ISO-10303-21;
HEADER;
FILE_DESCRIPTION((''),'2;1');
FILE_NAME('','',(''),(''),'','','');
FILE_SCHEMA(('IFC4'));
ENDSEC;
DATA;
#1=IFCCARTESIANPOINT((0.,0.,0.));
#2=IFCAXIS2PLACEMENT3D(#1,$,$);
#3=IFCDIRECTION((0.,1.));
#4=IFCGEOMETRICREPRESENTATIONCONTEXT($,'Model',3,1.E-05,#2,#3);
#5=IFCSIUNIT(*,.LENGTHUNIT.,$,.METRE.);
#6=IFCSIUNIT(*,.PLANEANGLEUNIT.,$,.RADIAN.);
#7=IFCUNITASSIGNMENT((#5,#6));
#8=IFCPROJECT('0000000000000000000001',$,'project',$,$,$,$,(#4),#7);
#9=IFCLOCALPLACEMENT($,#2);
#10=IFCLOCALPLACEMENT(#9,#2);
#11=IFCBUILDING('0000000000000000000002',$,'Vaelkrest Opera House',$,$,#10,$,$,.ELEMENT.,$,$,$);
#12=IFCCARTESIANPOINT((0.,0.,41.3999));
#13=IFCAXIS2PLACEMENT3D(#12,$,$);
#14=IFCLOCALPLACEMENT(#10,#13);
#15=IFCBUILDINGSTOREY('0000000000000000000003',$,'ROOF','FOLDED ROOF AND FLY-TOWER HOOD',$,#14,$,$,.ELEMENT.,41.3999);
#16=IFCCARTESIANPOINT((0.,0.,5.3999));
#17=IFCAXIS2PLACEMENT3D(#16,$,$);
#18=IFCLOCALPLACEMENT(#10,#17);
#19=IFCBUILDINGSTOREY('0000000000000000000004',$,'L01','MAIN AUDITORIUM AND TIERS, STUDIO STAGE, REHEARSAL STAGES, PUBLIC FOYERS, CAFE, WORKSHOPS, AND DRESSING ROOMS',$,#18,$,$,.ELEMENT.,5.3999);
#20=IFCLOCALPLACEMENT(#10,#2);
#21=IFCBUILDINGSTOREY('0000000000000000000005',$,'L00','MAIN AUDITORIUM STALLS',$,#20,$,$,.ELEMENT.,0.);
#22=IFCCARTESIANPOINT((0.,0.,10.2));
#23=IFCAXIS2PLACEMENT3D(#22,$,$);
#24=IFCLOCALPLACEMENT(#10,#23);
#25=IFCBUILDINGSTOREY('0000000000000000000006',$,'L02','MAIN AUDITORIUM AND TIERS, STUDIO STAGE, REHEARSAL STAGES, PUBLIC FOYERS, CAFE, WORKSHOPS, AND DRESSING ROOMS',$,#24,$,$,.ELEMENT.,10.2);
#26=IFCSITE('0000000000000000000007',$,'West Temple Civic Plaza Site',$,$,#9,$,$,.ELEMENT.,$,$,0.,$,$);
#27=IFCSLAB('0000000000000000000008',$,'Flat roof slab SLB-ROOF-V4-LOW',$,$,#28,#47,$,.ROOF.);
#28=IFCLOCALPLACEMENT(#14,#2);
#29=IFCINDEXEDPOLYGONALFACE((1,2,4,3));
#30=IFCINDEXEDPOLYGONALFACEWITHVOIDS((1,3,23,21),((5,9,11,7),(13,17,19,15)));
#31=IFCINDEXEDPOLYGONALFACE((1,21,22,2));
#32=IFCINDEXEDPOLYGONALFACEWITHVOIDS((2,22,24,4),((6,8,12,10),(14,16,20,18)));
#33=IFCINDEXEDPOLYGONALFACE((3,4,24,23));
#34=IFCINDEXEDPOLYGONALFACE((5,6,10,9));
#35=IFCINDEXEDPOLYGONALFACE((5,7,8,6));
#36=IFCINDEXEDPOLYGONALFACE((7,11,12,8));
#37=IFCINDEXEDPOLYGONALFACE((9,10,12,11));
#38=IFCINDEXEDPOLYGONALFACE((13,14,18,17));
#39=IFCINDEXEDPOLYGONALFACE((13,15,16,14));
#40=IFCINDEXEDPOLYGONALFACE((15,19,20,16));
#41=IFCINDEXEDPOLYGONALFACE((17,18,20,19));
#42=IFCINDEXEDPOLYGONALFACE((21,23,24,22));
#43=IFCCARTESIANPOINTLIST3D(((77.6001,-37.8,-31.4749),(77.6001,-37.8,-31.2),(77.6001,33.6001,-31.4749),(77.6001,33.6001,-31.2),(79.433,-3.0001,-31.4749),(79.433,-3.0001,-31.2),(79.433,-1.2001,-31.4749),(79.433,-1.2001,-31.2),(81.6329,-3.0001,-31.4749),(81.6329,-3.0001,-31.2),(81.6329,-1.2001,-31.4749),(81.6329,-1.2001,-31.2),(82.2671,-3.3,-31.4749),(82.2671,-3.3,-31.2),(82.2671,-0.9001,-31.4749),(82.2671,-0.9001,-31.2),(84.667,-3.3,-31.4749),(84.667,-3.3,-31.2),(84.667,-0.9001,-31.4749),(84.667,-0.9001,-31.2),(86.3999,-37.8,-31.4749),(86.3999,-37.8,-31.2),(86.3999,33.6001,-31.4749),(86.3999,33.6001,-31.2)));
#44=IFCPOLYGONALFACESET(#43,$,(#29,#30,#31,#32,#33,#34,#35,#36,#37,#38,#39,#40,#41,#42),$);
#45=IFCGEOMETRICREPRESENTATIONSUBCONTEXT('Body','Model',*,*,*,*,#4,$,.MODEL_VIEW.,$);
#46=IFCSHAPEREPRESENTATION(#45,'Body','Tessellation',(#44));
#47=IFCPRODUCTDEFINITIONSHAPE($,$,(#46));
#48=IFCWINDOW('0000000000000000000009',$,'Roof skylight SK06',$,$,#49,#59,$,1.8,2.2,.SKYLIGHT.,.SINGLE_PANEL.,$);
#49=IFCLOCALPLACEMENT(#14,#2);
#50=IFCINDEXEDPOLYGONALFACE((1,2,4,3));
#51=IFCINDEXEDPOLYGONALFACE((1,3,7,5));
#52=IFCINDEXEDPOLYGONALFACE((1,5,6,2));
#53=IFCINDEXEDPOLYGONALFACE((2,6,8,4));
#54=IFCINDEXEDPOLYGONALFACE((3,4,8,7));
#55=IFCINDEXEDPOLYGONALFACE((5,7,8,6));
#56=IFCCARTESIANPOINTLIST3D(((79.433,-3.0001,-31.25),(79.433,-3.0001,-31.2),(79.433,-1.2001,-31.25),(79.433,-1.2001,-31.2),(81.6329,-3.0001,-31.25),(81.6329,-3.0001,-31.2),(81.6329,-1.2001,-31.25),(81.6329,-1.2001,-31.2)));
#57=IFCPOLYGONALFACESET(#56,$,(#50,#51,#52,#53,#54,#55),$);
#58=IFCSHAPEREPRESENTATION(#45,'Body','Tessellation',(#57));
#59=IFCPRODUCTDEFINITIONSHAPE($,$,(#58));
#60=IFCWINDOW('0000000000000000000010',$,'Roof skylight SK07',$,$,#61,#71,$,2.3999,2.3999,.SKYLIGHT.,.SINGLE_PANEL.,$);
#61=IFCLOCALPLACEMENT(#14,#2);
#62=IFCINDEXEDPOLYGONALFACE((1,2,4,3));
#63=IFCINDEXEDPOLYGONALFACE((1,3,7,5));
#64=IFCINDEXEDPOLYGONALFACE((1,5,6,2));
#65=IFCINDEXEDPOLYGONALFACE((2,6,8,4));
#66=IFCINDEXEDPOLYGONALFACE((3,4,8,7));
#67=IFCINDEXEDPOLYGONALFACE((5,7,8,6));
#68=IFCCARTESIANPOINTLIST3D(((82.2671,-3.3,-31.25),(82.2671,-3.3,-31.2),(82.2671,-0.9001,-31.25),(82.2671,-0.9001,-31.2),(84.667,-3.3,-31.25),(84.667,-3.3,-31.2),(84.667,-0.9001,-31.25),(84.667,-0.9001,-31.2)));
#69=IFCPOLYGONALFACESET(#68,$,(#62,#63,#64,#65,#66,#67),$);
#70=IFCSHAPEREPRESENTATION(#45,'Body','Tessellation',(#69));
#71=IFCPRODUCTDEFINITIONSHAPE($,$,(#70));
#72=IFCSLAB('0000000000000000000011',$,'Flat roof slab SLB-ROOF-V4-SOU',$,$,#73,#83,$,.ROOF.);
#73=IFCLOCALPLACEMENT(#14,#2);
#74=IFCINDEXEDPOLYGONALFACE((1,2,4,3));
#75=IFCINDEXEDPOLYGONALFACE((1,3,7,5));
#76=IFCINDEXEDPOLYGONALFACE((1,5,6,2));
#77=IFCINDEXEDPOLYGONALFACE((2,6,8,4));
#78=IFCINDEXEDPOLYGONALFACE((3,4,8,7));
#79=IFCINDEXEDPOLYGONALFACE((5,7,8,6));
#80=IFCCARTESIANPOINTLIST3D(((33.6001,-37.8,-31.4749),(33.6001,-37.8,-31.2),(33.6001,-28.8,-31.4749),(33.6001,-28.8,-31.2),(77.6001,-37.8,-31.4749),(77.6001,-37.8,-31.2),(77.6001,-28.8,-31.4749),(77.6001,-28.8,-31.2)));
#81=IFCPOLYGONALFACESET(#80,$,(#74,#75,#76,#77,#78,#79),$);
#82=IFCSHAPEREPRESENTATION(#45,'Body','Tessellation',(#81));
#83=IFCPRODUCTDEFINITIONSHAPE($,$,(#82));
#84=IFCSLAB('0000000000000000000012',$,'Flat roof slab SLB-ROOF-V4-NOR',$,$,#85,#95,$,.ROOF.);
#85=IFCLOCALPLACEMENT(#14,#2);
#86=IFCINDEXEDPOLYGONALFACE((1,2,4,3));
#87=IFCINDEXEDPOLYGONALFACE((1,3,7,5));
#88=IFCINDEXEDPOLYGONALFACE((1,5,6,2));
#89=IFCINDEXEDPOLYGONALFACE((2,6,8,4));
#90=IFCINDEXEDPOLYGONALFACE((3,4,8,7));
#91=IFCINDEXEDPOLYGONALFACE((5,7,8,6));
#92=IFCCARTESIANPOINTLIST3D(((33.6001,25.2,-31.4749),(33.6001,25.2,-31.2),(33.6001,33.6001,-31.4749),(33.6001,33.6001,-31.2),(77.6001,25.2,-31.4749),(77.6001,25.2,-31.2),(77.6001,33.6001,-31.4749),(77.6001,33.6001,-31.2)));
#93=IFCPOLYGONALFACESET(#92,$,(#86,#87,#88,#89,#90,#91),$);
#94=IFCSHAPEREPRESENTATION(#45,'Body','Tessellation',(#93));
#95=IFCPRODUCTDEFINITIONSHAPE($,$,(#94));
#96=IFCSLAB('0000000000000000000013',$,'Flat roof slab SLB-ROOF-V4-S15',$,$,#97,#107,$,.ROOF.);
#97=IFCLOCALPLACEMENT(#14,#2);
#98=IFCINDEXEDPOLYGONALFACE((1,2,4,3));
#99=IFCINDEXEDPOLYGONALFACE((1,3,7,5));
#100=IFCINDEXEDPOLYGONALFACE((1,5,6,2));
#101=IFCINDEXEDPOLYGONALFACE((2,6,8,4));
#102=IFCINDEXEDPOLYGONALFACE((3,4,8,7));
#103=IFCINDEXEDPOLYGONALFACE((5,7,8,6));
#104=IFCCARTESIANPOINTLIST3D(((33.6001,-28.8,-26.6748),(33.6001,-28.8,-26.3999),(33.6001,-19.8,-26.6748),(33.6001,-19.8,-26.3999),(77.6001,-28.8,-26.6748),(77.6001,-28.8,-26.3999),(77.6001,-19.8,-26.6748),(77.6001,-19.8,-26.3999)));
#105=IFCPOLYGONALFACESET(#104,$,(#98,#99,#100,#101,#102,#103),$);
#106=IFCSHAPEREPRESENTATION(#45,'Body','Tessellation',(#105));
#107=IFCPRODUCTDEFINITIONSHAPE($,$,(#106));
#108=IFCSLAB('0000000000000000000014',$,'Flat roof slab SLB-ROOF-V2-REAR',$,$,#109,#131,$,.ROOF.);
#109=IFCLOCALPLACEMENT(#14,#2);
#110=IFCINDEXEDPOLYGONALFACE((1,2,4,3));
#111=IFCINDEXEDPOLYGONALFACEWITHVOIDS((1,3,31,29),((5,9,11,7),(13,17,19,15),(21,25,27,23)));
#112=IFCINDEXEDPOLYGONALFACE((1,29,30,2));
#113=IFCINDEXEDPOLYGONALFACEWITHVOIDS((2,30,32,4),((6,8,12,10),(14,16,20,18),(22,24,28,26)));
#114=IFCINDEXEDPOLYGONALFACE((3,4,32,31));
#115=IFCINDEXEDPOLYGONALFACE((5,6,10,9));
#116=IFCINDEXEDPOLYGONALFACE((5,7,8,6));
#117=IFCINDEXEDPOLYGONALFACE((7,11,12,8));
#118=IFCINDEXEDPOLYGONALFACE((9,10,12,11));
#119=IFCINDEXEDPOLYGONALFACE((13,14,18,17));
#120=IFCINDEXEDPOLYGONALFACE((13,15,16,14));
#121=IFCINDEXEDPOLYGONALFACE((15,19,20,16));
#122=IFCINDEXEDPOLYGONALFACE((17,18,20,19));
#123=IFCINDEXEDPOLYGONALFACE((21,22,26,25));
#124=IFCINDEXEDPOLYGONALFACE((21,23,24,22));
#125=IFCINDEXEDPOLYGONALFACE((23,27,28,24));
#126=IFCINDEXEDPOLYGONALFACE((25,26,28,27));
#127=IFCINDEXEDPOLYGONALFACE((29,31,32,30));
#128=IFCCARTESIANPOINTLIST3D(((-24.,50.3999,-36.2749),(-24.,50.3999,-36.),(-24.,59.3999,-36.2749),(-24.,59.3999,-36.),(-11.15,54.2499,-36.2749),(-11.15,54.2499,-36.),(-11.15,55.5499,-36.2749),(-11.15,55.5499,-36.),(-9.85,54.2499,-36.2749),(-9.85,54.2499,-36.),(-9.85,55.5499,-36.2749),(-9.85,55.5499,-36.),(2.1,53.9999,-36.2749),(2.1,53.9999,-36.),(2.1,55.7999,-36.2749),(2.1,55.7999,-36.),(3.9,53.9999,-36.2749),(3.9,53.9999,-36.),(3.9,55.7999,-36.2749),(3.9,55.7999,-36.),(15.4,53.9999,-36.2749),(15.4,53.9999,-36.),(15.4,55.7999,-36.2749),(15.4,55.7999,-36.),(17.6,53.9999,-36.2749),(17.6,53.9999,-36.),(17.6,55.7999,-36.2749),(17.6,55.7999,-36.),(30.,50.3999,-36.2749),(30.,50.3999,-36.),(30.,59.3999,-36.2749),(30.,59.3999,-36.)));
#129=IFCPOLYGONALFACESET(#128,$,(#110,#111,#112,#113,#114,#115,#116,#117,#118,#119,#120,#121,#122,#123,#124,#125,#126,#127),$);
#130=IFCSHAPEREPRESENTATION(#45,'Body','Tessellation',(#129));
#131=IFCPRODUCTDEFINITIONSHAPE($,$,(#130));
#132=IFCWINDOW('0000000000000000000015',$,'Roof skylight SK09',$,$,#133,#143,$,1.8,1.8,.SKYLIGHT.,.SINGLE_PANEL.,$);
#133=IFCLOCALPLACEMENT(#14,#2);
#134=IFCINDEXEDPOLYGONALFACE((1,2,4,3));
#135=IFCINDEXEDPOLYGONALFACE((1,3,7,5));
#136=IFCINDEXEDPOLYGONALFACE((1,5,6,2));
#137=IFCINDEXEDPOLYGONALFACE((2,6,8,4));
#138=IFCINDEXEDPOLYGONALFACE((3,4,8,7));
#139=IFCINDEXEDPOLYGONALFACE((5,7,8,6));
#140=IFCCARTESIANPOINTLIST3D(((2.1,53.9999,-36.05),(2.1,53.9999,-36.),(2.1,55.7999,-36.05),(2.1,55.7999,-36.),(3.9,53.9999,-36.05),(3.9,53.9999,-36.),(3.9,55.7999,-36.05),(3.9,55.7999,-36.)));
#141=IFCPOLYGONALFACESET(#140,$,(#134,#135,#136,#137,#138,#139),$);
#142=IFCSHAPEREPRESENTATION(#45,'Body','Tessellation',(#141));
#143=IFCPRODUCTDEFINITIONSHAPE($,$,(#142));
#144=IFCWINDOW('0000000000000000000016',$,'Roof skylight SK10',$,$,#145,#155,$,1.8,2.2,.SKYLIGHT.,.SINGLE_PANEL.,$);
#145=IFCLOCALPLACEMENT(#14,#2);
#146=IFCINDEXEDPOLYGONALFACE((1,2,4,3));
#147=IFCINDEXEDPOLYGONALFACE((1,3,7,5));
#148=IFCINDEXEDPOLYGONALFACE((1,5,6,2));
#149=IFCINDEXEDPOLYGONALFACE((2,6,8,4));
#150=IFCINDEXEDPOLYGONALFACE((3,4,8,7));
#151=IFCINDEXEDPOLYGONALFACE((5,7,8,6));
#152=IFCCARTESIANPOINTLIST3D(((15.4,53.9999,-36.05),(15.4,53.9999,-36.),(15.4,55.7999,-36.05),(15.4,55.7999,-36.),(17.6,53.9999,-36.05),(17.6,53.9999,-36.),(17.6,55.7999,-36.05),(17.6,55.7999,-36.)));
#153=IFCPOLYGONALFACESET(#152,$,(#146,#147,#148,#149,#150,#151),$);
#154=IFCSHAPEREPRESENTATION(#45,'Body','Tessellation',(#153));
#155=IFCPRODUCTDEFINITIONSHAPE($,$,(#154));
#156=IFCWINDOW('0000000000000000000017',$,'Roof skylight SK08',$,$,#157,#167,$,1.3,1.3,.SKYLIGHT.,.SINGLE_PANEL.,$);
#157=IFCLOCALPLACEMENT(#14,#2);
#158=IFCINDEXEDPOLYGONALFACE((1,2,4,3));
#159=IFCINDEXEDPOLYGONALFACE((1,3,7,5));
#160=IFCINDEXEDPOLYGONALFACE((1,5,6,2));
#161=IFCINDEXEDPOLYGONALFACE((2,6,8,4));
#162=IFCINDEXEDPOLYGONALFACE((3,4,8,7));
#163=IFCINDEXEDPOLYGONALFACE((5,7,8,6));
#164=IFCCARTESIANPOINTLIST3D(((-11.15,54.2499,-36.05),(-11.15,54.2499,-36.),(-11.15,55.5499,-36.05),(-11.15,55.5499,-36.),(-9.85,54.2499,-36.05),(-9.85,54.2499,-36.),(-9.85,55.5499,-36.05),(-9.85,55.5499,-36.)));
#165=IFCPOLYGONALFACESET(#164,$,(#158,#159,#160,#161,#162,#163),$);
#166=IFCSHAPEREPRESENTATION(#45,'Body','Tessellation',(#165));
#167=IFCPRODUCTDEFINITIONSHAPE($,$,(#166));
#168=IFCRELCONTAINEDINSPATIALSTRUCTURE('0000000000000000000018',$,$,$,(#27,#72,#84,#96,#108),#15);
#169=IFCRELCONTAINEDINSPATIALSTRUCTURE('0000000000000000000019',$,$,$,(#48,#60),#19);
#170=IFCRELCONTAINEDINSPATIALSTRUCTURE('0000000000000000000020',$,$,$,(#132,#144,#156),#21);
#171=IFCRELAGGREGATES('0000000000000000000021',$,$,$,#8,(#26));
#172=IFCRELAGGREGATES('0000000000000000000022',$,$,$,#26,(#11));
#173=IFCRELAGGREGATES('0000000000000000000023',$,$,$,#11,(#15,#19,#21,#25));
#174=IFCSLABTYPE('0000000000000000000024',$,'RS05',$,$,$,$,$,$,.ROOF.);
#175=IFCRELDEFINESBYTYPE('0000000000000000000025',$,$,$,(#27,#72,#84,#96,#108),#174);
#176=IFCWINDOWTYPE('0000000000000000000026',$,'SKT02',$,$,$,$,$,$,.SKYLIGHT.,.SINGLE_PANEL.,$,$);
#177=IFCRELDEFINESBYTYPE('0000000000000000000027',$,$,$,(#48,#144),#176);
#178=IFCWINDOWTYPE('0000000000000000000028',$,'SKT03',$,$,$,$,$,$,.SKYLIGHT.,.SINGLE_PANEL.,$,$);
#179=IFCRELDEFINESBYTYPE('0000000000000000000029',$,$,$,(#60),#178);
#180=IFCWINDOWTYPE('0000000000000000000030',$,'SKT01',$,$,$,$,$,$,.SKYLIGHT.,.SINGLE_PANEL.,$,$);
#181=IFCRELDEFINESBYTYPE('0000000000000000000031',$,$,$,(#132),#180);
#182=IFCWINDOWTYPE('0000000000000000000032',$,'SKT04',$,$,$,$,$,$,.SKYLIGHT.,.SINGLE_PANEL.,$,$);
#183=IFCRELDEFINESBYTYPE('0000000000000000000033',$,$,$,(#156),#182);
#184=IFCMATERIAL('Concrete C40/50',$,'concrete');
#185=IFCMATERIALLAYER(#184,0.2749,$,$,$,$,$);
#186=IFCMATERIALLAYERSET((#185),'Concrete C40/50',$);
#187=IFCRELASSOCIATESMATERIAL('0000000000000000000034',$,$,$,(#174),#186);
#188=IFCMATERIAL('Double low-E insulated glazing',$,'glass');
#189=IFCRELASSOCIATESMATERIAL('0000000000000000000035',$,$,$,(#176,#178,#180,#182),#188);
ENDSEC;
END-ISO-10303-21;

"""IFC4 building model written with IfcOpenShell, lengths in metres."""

from ifc_helpers import new_model, si_unit, direction, frame, origin, origin_2d, place, context, subcontext, project, spatial, polyline, rectangle, outline, extrude, material, layer, layer_set, type_object, element, fill, save


model = new_model("IFC4")

# Units and contexts
model_context = context("Model", 3, precision=1e-05, world=origin(), true_north=direction((0.0, 1.0)))
body_context = subcontext(model_context, "Body", "Model", "MODEL_VIEW")
ifc_project = project(units=[si_unit("LENGTHUNIT", "METRE"), si_unit("PLANEANGLEUNIT", "RADIAN")], contexts=[model_context])

# Site, building, storey
site_placement = place(None, origin())
site = spatial("IfcSite", under=ifc_project, at=site_placement, Name="West Temple Civic Plaza Site", CompositionType="ELEMENT", RefElevation=0.0)
building_placement = place(site_placement, origin())
building = spatial("IfcBuilding", under=site, at=building_placement, Name="Vaelkrest Opera House", CompositionType="ELEMENT")
storey_1_placement = place(building_placement, frame((0.0, 0.0, 41.3999)))
storey_1 = spatial("IfcBuildingStorey", under=building, at=storey_1_placement, Name="ROOF", Description="FOLDED ROOF AND FLY-TOWER HOOD", CompositionType="ELEMENT", Elevation=41.3999)

# Slab, openings
ifc_material_1 = material(Name="Concrete C40/50", Category="concrete")
ifc_layer_1 = layer(ifc_material_1, 0.2749)
ifc_layer_set_1 = layer_set([ifc_layer_1], Name="Concrete C40/50")
slab_type_1 = type_object("IfcSlabType", Name="RS05", PredefinedType="ROOF", material=ifc_layer_set_1)
slab_1_placement = place(storey_1_placement, frame((0.0, 0.0, -31.4749)))
slab_1 = element("IfcSlab", 1, at=slab_1_placement, inside=storey_1, type_object=slab_type_1, Name="Flat roof slab SLB-ROOF-V4-LOW", PredefinedType="ROOF", context=body_context, shape_type="SweptSolid", body=[
    extrude(outline(polyline([(77.6001, -37.8), (86.3999, -37.8), (86.3999, 33.6001), (77.6001, 33.6001), (77.6001, -37.8)])), origin(), (0.0, 0.0, 1.0), 0.2749),
])
opening_1_placement = place(slab_1_placement, frame((80.533, -2.1001, 0.0)))
opening_1 = element("IfcOpeningElement", 2, at=opening_1_placement, cuts=slab_1, PredefinedType="OPENING", context=body_context, shape_type="SweptSolid", body=[
    extrude(rectangle(XDim=2.2, YDim=1.8, at=origin_2d()), frame((0.0, 0.0, -0.01)), (0.0, 0.0, 1.0), 0.2949),
])
opening_2_placement = place(slab_1_placement, frame((83.467, -2.1001, 0.0)))
opening_2 = element("IfcOpeningElement", 3, at=opening_2_placement, cuts=slab_1, PredefinedType="OPENING", context=body_context, shape_type="SweptSolid", body=[
    extrude(rectangle(XDim=2.3999, YDim=2.3999, at=origin_2d()), frame((0.0, 0.0, -0.01)), (0.0, 0.0, 1.0), 0.2949),
])

# Shared definitions
storey_2_placement = place(building_placement, frame((0.0, 0.0, 5.3999)))
storey_2 = spatial("IfcBuildingStorey", under=building, at=storey_2_placement, Name="L01", Description="MAIN AUDITORIUM AND TIERS, STUDIO STAGE, REHEARSAL STAGES, PUBLIC FOYERS, CAFE, WORKSHOPS, AND DRESSING ROOMS", CompositionType="ELEMENT", Elevation=5.3999)

# Windows
ifc_material_2 = material(Name="Double low-E insulated glazing", Category="glass")
window_type_1 = type_object("IfcWindowType", Name="SKT02", PartitioningType="SINGLE_PANEL", PredefinedType="SKYLIGHT", material=ifc_material_2)
window_1_placement = place(opening_1_placement, frame((0.0, 0.0, 0.2249)))
window_1 = element("IfcWindow", 4, at=window_1_placement, inside=storey_2, type_object=window_type_1, Name="Roof skylight SK06", OverallHeight=1.8, OverallWidth=2.2, PartitioningType="SINGLE_PANEL", PredefinedType="SKYLIGHT", context=body_context, shape_type="SweptSolid", body=[
    extrude(rectangle(XDim=2.2, YDim=1.8, at=origin_2d()), origin(), (0.0, 0.0, 1.0), 0.05),
])
fill(opening_1, window_1)
window_type_2 = type_object("IfcWindowType", Name="SKT03", PartitioningType="SINGLE_PANEL", PredefinedType="SKYLIGHT", material=ifc_material_2)
window_2_placement = place(opening_2_placement, frame((0.0, 0.0, 0.2249)))
window_2 = element("IfcWindow", 5, at=window_2_placement, inside=storey_2, type_object=window_type_2, Name="Roof skylight SK07", OverallHeight=2.3999, OverallWidth=2.3999, PartitioningType="SINGLE_PANEL", PredefinedType="SKYLIGHT", context=body_context, shape_type="SweptSolid", body=[
    extrude(rectangle(XDim=2.3999, YDim=2.3999, at=origin_2d()), origin(), (0.0, 0.0, 1.0), 0.05),
])
fill(opening_2, window_2)

# Slabs
slab_2_placement = place(storey_1_placement, frame((0.0, 0.0, -31.4749)))
element("IfcSlab", 6, at=slab_2_placement, inside=storey_1, type_object=slab_type_1, Name="Flat roof slab SLB-ROOF-V4-SOU", PredefinedType="ROOF", context=body_context, shape_type="SweptSolid", body=[
    extrude(outline(polyline([(33.6001, -37.8), (77.6001, -37.8), (77.6001, -28.8), (33.6001, -28.8), (33.6001, -37.8)])), origin(), (0.0, 0.0, 1.0), 0.2749),
])
slab_3_placement = place(storey_1_placement, frame((0.0, 0.0, -31.4749)))
element("IfcSlab", 7, at=slab_3_placement, inside=storey_1, type_object=slab_type_1, Name="Flat roof slab SLB-ROOF-V4-NOR", PredefinedType="ROOF", context=body_context, shape_type="SweptSolid", body=[
    extrude(outline(polyline([(33.6001, 25.2), (77.6001, 25.2), (77.6001, 33.6001), (33.6001, 33.6001), (33.6001, 25.2)])), origin(), (0.0, 0.0, 1.0), 0.2749),
])
slab_4_placement = place(storey_1_placement, frame((0.0, 0.0, -26.6748)))
element("IfcSlab", 8, at=slab_4_placement, inside=storey_1, type_object=slab_type_1, Name="Flat roof slab SLB-ROOF-V4-S15", PredefinedType="ROOF", context=body_context, shape_type="SweptSolid", body=[
    extrude(outline(polyline([(33.6001, -28.8), (77.6001, -28.8), (77.6001, -19.8), (33.6001, -19.8), (33.6001, -28.8)])), origin(), (0.0, 0.0, 1.0), 0.2749),
])

# Slab, openings
slab_5_placement = place(storey_1_placement, frame((0.0, 0.0, -36.2749)))
slab_5 = element("IfcSlab", 9, at=slab_5_placement, inside=storey_1, type_object=slab_type_1, Name="Flat roof slab SLB-ROOF-V2-REAR", PredefinedType="ROOF", context=body_context, shape_type="SweptSolid", body=[
    extrude(outline(polyline([(-24.0, 50.3999), (30.0, 50.3999), (30.0, 59.3999), (-24.0, 59.3999), (-24.0, 50.3999)])), origin(), (0.0, 0.0, 1.0), 0.2749),
])
opening_3_placement = place(slab_5_placement, frame((-10.5, 54.8999, 0.0)))
opening_3 = element("IfcOpeningElement", 10, at=opening_3_placement, cuts=slab_5, PredefinedType="OPENING", context=body_context, shape_type="SweptSolid", body=[
    extrude(rectangle(XDim=1.3, YDim=1.3, at=origin_2d()), frame((0.0, 0.0, -0.01)), (0.0, 0.0, 1.0), 0.2949),
])
opening_4_placement = place(slab_5_placement, frame((3.0, 54.8999, 0.0)))
opening_4 = element("IfcOpeningElement", 11, at=opening_4_placement, cuts=slab_5, PredefinedType="OPENING", context=body_context, shape_type="SweptSolid", body=[
    extrude(rectangle(XDim=1.8, YDim=1.8, at=origin_2d()), frame((0.0, 0.0, -0.01)), (0.0, 0.0, 1.0), 0.2949),
])
opening_5_placement = place(slab_5_placement, frame((16.5, 54.8999, 0.0)))
opening_5 = element("IfcOpeningElement", 12, at=opening_5_placement, cuts=slab_5, PredefinedType="OPENING", context=body_context, shape_type="SweptSolid", body=[
    extrude(rectangle(XDim=2.2, YDim=1.8, at=origin_2d()), frame((0.0, 0.0, -0.01)), (0.0, 0.0, 1.0), 0.2949),
])

# Shared definitions
storey_3_placement = place(building_placement, origin())
storey_3 = spatial("IfcBuildingStorey", under=building, at=storey_3_placement, Name="L00", Description="MAIN AUDITORIUM STALLS", CompositionType="ELEMENT", Elevation=0.0)

# Windows
window_type_3 = type_object("IfcWindowType", Name="SKT01", PartitioningType="SINGLE_PANEL", PredefinedType="SKYLIGHT", material=ifc_material_2)
window_3_placement = place(opening_4_placement, frame((0.0, 0.0, 0.2249)))
window_3 = element("IfcWindow", 13, at=window_3_placement, inside=storey_3, type_object=window_type_3, Name="Roof skylight SK09", OverallHeight=1.8, OverallWidth=1.8, PartitioningType="SINGLE_PANEL", PredefinedType="SKYLIGHT", context=body_context, shape_type="SweptSolid", body=[
    extrude(rectangle(XDim=1.8, YDim=1.8, at=origin_2d()), origin(), (0.0, 0.0, 1.0), 0.05),
])
fill(opening_4, window_3)
window_4_placement = place(opening_5_placement, frame((0.0, 0.0, 0.2249)))
window_4 = element("IfcWindow", 14, at=window_4_placement, inside=storey_3, type_object=window_type_1, Name="Roof skylight SK10", OverallHeight=1.8, OverallWidth=2.2, PartitioningType="SINGLE_PANEL", PredefinedType="SKYLIGHT", context=body_context, shape_type="SweptSolid", body=[
    extrude(rectangle(XDim=2.2, YDim=1.8, at=origin_2d()), origin(), (0.0, 0.0, 1.0), 0.05),
])
fill(opening_5, window_4)
window_type_4 = type_object("IfcWindowType", Name="SKT04", PartitioningType="SINGLE_PANEL", PredefinedType="SKYLIGHT", material=ifc_material_2)
window_5_placement = place(opening_3_placement, frame((0.0, 0.0, 0.2249)))
window_5 = element("IfcWindow", 15, at=window_5_placement, inside=storey_3, type_object=window_type_4, Name="Roof skylight SK08", OverallHeight=1.3, OverallWidth=1.3, PartitioningType="SINGLE_PANEL", PredefinedType="SKYLIGHT", context=body_context, shape_type="SweptSolid", body=[
    extrude(rectangle(XDim=1.3, YDim=1.3, at=origin_2d()), origin(), (0.0, 0.0, 1.0), 0.05),
])
fill(opening_3, window_5)

# Shared definitions
storey_4_placement = place(building_placement, frame((0.0, 0.0, 10.2)))
storey_4 = spatial("IfcBuildingStorey", under=building, at=storey_4_placement, Name="L02", Description="MAIN AUDITORIUM AND TIERS, STUDIO STAGE, REHEARSAL STAGES, PUBLIC FOYERS, CAFE, WORKSHOPS, AND DRESSING ROOMS", CompositionType="ELEMENT", Elevation=10.2)

save(model, "model.ifc")
